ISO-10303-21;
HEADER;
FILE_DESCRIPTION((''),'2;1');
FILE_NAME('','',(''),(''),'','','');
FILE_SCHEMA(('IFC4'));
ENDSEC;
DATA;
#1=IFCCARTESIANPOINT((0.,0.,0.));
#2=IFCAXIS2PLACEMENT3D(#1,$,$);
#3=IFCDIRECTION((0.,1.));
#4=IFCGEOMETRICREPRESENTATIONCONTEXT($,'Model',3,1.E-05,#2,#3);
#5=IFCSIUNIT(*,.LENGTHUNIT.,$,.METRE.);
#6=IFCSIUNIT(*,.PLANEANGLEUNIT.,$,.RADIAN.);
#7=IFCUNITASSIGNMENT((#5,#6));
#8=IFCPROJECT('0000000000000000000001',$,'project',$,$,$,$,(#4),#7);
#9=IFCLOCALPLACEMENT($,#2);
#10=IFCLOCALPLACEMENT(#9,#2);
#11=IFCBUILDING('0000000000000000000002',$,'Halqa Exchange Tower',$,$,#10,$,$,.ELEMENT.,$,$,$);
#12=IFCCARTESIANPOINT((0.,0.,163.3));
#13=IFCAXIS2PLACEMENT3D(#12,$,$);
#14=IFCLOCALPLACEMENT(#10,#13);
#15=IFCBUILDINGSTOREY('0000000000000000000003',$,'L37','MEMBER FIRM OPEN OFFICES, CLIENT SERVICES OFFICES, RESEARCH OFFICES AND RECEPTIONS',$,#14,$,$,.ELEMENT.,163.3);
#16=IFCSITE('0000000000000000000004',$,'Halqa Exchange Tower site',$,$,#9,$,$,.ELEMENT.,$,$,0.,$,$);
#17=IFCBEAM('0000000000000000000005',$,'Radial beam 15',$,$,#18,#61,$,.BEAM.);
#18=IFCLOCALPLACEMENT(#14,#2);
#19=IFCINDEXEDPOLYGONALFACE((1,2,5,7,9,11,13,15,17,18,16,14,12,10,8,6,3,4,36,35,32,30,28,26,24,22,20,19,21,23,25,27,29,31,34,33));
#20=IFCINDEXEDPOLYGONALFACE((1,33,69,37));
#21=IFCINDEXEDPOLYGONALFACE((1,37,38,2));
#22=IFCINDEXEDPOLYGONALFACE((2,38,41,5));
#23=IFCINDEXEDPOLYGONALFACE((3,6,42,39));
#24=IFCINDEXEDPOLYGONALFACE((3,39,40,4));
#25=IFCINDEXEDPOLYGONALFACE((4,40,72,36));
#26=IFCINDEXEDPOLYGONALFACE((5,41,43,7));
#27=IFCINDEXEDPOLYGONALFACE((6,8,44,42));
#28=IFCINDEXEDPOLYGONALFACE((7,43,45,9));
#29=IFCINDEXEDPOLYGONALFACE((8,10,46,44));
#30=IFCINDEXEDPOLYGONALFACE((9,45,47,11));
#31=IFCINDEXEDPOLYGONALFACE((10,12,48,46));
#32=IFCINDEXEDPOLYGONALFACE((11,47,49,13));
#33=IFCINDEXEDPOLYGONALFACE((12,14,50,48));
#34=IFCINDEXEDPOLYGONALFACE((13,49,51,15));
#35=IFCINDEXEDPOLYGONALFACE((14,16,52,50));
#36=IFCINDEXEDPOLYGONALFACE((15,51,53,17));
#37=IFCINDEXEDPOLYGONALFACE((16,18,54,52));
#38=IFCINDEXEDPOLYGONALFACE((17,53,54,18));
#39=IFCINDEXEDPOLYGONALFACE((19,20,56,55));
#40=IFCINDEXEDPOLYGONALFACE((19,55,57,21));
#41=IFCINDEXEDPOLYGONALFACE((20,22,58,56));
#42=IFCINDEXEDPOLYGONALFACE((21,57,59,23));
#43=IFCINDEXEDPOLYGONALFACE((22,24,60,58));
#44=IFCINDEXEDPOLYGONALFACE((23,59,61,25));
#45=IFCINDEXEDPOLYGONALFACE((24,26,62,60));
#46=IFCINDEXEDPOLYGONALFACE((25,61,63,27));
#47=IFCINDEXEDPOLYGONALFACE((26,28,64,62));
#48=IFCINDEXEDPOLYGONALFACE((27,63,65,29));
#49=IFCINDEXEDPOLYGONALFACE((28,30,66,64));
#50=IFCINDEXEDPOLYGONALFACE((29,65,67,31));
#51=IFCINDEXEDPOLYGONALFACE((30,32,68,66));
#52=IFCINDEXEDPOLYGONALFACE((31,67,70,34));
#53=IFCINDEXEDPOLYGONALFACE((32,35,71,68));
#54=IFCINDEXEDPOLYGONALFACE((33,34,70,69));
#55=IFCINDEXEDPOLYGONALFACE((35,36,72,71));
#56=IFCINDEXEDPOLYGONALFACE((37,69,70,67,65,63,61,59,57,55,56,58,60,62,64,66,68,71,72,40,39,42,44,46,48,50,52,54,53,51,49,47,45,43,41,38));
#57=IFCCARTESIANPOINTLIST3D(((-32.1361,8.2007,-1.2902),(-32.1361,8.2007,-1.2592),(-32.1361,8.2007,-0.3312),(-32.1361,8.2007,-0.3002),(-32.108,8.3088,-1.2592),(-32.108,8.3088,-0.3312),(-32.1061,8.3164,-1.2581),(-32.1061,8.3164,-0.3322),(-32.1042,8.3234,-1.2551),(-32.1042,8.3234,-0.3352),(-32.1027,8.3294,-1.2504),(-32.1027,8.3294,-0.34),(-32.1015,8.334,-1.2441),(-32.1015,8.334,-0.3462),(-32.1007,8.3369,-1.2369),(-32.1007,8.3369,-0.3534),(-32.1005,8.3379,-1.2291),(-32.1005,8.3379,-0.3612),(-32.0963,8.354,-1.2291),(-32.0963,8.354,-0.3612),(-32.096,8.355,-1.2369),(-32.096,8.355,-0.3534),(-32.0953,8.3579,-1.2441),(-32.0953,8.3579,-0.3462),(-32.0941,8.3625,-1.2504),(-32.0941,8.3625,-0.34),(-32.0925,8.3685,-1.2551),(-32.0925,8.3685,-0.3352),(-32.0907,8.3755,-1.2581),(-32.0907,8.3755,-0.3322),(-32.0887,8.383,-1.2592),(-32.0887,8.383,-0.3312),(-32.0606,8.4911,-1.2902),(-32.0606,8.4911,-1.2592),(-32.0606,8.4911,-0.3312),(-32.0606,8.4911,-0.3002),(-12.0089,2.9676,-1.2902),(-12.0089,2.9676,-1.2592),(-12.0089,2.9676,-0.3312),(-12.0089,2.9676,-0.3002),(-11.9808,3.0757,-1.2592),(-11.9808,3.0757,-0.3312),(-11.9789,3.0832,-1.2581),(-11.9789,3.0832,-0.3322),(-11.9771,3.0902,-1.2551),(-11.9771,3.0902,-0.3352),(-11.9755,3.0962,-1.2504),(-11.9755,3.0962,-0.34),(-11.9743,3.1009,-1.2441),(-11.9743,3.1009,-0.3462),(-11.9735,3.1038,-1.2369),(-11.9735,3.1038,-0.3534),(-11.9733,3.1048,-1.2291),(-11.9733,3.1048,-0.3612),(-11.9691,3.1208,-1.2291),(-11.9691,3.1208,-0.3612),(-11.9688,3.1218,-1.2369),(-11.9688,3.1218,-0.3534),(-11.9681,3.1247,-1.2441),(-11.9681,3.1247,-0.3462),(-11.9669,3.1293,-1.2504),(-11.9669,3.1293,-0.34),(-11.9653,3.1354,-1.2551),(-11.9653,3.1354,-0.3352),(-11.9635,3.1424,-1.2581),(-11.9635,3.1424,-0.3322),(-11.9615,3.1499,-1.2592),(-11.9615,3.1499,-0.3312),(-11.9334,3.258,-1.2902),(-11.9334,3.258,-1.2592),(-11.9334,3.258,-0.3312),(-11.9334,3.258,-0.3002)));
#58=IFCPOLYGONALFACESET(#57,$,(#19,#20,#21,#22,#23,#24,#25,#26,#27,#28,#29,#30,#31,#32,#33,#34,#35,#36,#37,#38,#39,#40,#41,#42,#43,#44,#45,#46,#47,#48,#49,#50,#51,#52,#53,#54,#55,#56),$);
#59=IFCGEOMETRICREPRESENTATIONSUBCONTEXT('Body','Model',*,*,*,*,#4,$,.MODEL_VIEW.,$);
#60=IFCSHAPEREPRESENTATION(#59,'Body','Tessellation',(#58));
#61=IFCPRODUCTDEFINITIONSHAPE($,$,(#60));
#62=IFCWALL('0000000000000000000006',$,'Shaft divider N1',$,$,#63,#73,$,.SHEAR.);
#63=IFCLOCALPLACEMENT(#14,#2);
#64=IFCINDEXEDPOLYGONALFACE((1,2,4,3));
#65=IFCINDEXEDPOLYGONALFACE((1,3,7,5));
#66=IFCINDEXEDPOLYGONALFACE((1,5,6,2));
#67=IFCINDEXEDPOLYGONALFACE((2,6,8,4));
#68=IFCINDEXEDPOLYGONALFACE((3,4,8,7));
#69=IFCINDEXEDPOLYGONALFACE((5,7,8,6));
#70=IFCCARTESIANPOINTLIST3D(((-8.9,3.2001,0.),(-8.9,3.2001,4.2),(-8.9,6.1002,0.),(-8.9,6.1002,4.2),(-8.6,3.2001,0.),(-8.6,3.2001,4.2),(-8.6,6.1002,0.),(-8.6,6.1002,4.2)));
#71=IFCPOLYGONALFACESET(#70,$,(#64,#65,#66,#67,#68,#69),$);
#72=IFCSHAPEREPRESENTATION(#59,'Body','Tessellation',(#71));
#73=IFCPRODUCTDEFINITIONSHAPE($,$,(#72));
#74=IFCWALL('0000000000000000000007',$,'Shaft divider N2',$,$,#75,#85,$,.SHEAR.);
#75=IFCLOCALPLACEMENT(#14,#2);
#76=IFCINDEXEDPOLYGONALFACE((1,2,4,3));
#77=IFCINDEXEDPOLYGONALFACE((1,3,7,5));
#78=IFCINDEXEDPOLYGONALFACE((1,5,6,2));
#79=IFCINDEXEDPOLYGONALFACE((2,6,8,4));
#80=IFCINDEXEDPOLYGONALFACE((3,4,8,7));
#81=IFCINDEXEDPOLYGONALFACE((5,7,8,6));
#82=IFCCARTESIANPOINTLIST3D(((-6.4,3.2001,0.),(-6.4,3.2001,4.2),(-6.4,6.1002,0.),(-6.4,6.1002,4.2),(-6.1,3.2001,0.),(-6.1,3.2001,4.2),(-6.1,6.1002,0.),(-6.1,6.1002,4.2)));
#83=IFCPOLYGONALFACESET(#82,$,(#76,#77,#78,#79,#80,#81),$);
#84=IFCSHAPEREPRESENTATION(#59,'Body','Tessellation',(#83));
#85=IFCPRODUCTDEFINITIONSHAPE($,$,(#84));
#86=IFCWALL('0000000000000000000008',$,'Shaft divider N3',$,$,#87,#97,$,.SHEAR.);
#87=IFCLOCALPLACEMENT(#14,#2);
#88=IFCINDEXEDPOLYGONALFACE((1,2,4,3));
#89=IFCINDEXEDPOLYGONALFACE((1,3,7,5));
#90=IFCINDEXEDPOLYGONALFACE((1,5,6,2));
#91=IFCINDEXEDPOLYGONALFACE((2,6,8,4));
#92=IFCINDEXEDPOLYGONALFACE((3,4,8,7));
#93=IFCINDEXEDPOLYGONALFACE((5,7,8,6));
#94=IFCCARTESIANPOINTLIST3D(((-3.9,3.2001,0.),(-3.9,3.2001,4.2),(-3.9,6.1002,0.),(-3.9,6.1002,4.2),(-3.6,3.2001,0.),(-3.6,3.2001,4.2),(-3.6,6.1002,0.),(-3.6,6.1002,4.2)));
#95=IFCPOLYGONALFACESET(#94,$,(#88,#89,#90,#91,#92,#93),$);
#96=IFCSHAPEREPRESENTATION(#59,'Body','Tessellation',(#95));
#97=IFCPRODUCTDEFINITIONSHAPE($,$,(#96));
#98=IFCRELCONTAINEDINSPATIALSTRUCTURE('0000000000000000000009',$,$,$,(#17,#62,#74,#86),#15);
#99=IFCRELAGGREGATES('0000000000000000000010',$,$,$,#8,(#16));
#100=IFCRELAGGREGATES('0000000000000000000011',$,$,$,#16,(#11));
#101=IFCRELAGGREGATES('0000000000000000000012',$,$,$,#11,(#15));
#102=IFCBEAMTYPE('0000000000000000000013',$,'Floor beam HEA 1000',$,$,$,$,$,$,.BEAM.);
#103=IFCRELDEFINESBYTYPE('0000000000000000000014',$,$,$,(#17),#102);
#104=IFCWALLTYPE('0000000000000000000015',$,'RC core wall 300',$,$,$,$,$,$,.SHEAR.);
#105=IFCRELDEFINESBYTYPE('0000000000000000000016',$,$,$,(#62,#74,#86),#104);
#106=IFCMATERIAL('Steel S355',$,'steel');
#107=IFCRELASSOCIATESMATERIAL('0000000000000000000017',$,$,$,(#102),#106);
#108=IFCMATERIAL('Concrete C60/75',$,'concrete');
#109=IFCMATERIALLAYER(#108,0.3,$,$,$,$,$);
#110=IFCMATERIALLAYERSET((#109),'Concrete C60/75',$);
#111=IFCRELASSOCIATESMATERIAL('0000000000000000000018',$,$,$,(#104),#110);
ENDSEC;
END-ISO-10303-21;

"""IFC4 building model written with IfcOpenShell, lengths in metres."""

from ifc_helpers import new_model, si_unit, direction, frame, frame_2d, origin, origin_2d, place, context, subcontext, project, spatial, rectangle, i_section, extrude, material, layer, layer_set, material_profile, profile_set, type_object, element, save


model = new_model("IFC4")

# Units and contexts
model_context = context("Model", 3, precision=1e-05, world=origin(), true_north=direction((0.0, 1.0)))
body_context = subcontext(model_context, "Body", "Model", "MODEL_VIEW")
ifc_project = project(units=[si_unit("LENGTHUNIT", "METRE"), si_unit("PLANEANGLEUNIT", "RADIAN")], contexts=[model_context])

# Site, building, storey
site_placement = place(None, origin())
site = spatial("IfcSite", under=ifc_project, at=site_placement, Name="Halqa Exchange Tower site", CompositionType="ELEMENT", RefElevation=0.0)
building_placement = place(site_placement, origin())
building = spatial("IfcBuilding", under=site, at=building_placement, Name="Halqa Exchange Tower", CompositionType="ELEMENT")
storey_placement = place(building_placement, frame((0.0, 0.0, 163.3)))
storey = spatial("IfcBuildingStorey", under=building, at=storey_placement, Name="L37", Description="MEMBER FIRM OPEN OFFICES, CLIENT SERVICES OFFICES, RESEARCH OFFICES AND RECEPTIONS", CompositionType="ELEMENT", Elevation=163.3)

# Beam
ifc_material_1 = material(Name="Steel S355", Category="steel")
ifc_material_profile = material_profile(ifc_material_1, i_section(OverallWidth=0.3, OverallDepth=0.99, WebThickness=0.0166, FlangeThickness=0.031, FilletRadius=0.03, at=origin_2d()), Name="HEA 1000")
ifc_profile_set = profile_set([ifc_material_profile], Name="Steel S355")
beam_type = type_object("IfcBeamType", Name="Floor beam HEA 1000", PredefinedType="BEAM", material=ifc_profile_set)
beam_placement = place(storey_placement, frame((-11.9712, 3.1128, -0.7952), z_axis=(-0.967822, 0.251638, 0.0), x_axis=(-0.251638, -0.967822, 0.0)))
element("IfcBeam", 1, at=beam_placement, inside=storey, type_object=beam_type, Name="Radial beam 15", PredefinedType="BEAM", context=body_context, shape_type="SweptSolid", body=[
    extrude(i_section(OverallWidth=0.3, OverallDepth=0.99, WebThickness=0.0166, FlangeThickness=0.031, FilletRadius=0.03, at=origin_2d()), origin(), (0.0, 0.0, 1.0), 20.7964),
])

# Walls
ifc_material_2 = material(Name="Concrete C60/75", Category="concrete")
ifc_layer_1 = layer(ifc_material_2, 0.3)
ifc_layer_set_1 = layer_set([ifc_layer_1], Name="Concrete C60/75")
wall_type_1 = type_object("IfcWallType", Name="RC core wall 300", PredefinedType="SHEAR", material=ifc_layer_set_1)
for number, where, z_axis, x_axis, name in (
    (2, (-8.75, 3.2, 0.0), (0.0, 0.0, 1.0), (0.0, 1.0, 0.0), "Shaft divider N1"),
    (3, (-6.25, 3.2, 0.0), (0.0, 0.0, 1.0), (0.0, 1.0, 0.0), "Shaft divider N2"),
    (4, (-3.75, 3.2, 0.0), (0.0, 0.0, 1.0), (0.0, 1.0, 0.0), "Shaft divider N3"),
):
    element("IfcWall", number, at=place(storey_placement, frame(where, z_axis=z_axis, x_axis=x_axis)), inside=storey, type_object=wall_type_1, Name=name, PredefinedType="SHEAR", context=body_context, shape_type="SweptSolid", body=[
        extrude(rectangle(XDim=2.9001, YDim=0.3, at=frame_2d((1.4502, 0.0))), origin(), (0.0, 0.0, 1.0), 4.2),
    ])

save(model, "model.ifc")
